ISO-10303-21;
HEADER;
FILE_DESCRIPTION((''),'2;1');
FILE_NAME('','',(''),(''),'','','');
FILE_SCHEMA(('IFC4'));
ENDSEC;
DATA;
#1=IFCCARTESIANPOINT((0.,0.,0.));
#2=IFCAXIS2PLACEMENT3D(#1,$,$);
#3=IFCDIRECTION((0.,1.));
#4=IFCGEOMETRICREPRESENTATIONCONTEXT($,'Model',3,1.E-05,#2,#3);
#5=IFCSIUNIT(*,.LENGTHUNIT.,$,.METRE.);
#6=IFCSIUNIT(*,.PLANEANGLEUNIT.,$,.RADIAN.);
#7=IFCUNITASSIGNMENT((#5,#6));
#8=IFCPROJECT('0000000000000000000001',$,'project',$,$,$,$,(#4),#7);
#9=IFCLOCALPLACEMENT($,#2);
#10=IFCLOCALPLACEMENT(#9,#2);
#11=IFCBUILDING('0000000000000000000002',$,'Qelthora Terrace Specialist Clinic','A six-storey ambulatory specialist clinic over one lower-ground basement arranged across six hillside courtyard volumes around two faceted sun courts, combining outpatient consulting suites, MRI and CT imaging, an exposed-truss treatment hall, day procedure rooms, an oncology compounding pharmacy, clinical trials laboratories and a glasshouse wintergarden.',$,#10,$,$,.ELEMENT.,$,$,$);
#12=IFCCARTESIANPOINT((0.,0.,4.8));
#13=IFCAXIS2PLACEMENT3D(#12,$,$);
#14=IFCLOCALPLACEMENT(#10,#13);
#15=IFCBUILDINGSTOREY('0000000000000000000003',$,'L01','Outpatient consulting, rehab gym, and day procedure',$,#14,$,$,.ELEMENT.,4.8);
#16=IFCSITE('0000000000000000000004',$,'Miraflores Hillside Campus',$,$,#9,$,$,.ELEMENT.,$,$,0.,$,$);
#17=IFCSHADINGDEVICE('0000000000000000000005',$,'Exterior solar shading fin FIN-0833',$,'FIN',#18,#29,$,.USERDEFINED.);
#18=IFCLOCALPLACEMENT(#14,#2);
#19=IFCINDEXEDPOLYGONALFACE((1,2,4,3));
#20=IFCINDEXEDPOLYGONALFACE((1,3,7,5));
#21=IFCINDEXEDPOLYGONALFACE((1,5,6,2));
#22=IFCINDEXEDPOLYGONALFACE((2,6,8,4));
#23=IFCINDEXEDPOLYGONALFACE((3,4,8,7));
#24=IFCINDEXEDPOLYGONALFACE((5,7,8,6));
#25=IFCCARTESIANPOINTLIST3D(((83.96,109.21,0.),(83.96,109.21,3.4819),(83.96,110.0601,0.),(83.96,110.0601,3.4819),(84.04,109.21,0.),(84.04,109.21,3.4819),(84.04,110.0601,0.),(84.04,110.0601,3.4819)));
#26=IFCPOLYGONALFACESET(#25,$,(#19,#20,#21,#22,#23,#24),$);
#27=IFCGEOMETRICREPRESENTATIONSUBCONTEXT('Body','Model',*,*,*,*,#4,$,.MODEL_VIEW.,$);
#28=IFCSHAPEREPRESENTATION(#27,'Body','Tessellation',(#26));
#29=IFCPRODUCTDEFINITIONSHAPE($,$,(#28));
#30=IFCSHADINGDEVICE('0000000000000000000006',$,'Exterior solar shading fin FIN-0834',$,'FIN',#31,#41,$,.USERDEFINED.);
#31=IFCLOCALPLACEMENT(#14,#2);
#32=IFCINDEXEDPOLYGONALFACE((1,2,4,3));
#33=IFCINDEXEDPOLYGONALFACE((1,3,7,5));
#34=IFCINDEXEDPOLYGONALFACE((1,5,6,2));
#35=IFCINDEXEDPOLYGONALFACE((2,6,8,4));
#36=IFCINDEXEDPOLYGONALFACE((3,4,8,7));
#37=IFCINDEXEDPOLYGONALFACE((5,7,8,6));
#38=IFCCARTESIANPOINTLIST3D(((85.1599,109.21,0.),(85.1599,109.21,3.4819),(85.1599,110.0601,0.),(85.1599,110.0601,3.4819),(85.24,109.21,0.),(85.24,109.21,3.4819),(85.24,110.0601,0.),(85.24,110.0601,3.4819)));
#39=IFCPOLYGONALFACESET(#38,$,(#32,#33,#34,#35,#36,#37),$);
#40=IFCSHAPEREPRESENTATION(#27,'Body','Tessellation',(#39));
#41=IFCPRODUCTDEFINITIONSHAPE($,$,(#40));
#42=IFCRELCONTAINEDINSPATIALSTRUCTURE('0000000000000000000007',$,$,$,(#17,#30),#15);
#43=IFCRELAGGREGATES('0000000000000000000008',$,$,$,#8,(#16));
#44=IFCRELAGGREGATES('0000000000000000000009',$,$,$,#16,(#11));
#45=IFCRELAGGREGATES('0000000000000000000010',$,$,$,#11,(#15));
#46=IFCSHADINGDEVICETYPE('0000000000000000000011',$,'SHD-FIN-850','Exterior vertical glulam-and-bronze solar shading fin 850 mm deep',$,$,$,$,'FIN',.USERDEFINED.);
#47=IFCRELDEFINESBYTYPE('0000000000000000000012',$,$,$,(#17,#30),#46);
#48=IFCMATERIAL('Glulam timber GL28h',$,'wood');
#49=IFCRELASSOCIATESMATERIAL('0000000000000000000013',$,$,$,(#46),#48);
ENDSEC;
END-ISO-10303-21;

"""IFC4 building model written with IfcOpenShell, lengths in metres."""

from ifc_helpers import new_model, si_unit, direction, frame, origin, origin_2d, place, context, subcontext, project, spatial, rectangle, extrude, material, type_object, element, save


model = new_model("IFC4")

# Units and contexts
model_context = context("Model", 3, precision=1e-05, world=origin(), true_north=direction((0.0, 1.0)))
body_context = subcontext(model_context, "Body", "Model", "MODEL_VIEW")
ifc_project = project(units=[si_unit("LENGTHUNIT", "METRE"), si_unit("PLANEANGLEUNIT", "RADIAN")], contexts=[model_context])

# Site, building, storey
site_placement = place(None, origin())
site = spatial("IfcSite", under=ifc_project, at=site_placement, Name="Miraflores Hillside Campus", CompositionType="ELEMENT", RefElevation=0.0)
building_placement = place(site_placement, origin())
building = spatial("IfcBuilding", under=site, at=building_placement, Name="Qelthora Terrace Specialist Clinic", Description="A six-storey ambulatory specialist clinic over one lower-ground basement arranged across six hillside courtyard volumes around two faceted sun courts, combining outpatient consulting suites, MRI and CT imaging, an exposed-truss treatment hall, day procedure rooms, an oncology compounding pharmacy, clinical trials laboratories and a glasshouse wintergarden.", CompositionType="ELEMENT")
storey_placement = place(building_placement, frame((0.0, 0.0, 4.8)))
storey = spatial("IfcBuildingStorey", under=building, at=storey_placement, Name="L01", Description="Outpatient consulting, rehab gym, and day procedure", CompositionType="ELEMENT", Elevation=4.8)

# Shading devices
ifc_material_1 = material(Name="Glulam timber GL28h", Category="wood")
shading_device_type = type_object("IfcShadingDeviceType", Name="SHD-FIN-850", Description="Exterior vertical glulam-and-bronze solar shading fin 850 mm deep", ElementType="FIN", PredefinedType="USERDEFINED", material=ifc_material_1)
for number, where, z_axis, x_axis, name in (
    (1, (84.0, 109.635, 0.0), (0.0, 0.0, 1.0), (0.0, 1.0, 0.0), "Exterior solar shading fin FIN-0833"),
    (2, (85.2, 109.635, 0.0), (0.0, 0.0, 1.0), (0.0, 1.0, 0.0), "Exterior solar shading fin FIN-0834"),
):
    element("IfcShadingDevice", number, at=place(storey_placement, frame(where, z_axis=z_axis, x_axis=x_axis)), inside=storey, type_object=shading_device_type, Name=name, ObjectType="FIN", PredefinedType="USERDEFINED", context=body_context, shape_type="SweptSolid", body=[
        extrude(rectangle(XDim=0.8501, YDim=0.0801, at=origin_2d()), origin(), (0.0, 0.0, 1.0), 3.4819),
    ])

save(model, "model.ifc")
